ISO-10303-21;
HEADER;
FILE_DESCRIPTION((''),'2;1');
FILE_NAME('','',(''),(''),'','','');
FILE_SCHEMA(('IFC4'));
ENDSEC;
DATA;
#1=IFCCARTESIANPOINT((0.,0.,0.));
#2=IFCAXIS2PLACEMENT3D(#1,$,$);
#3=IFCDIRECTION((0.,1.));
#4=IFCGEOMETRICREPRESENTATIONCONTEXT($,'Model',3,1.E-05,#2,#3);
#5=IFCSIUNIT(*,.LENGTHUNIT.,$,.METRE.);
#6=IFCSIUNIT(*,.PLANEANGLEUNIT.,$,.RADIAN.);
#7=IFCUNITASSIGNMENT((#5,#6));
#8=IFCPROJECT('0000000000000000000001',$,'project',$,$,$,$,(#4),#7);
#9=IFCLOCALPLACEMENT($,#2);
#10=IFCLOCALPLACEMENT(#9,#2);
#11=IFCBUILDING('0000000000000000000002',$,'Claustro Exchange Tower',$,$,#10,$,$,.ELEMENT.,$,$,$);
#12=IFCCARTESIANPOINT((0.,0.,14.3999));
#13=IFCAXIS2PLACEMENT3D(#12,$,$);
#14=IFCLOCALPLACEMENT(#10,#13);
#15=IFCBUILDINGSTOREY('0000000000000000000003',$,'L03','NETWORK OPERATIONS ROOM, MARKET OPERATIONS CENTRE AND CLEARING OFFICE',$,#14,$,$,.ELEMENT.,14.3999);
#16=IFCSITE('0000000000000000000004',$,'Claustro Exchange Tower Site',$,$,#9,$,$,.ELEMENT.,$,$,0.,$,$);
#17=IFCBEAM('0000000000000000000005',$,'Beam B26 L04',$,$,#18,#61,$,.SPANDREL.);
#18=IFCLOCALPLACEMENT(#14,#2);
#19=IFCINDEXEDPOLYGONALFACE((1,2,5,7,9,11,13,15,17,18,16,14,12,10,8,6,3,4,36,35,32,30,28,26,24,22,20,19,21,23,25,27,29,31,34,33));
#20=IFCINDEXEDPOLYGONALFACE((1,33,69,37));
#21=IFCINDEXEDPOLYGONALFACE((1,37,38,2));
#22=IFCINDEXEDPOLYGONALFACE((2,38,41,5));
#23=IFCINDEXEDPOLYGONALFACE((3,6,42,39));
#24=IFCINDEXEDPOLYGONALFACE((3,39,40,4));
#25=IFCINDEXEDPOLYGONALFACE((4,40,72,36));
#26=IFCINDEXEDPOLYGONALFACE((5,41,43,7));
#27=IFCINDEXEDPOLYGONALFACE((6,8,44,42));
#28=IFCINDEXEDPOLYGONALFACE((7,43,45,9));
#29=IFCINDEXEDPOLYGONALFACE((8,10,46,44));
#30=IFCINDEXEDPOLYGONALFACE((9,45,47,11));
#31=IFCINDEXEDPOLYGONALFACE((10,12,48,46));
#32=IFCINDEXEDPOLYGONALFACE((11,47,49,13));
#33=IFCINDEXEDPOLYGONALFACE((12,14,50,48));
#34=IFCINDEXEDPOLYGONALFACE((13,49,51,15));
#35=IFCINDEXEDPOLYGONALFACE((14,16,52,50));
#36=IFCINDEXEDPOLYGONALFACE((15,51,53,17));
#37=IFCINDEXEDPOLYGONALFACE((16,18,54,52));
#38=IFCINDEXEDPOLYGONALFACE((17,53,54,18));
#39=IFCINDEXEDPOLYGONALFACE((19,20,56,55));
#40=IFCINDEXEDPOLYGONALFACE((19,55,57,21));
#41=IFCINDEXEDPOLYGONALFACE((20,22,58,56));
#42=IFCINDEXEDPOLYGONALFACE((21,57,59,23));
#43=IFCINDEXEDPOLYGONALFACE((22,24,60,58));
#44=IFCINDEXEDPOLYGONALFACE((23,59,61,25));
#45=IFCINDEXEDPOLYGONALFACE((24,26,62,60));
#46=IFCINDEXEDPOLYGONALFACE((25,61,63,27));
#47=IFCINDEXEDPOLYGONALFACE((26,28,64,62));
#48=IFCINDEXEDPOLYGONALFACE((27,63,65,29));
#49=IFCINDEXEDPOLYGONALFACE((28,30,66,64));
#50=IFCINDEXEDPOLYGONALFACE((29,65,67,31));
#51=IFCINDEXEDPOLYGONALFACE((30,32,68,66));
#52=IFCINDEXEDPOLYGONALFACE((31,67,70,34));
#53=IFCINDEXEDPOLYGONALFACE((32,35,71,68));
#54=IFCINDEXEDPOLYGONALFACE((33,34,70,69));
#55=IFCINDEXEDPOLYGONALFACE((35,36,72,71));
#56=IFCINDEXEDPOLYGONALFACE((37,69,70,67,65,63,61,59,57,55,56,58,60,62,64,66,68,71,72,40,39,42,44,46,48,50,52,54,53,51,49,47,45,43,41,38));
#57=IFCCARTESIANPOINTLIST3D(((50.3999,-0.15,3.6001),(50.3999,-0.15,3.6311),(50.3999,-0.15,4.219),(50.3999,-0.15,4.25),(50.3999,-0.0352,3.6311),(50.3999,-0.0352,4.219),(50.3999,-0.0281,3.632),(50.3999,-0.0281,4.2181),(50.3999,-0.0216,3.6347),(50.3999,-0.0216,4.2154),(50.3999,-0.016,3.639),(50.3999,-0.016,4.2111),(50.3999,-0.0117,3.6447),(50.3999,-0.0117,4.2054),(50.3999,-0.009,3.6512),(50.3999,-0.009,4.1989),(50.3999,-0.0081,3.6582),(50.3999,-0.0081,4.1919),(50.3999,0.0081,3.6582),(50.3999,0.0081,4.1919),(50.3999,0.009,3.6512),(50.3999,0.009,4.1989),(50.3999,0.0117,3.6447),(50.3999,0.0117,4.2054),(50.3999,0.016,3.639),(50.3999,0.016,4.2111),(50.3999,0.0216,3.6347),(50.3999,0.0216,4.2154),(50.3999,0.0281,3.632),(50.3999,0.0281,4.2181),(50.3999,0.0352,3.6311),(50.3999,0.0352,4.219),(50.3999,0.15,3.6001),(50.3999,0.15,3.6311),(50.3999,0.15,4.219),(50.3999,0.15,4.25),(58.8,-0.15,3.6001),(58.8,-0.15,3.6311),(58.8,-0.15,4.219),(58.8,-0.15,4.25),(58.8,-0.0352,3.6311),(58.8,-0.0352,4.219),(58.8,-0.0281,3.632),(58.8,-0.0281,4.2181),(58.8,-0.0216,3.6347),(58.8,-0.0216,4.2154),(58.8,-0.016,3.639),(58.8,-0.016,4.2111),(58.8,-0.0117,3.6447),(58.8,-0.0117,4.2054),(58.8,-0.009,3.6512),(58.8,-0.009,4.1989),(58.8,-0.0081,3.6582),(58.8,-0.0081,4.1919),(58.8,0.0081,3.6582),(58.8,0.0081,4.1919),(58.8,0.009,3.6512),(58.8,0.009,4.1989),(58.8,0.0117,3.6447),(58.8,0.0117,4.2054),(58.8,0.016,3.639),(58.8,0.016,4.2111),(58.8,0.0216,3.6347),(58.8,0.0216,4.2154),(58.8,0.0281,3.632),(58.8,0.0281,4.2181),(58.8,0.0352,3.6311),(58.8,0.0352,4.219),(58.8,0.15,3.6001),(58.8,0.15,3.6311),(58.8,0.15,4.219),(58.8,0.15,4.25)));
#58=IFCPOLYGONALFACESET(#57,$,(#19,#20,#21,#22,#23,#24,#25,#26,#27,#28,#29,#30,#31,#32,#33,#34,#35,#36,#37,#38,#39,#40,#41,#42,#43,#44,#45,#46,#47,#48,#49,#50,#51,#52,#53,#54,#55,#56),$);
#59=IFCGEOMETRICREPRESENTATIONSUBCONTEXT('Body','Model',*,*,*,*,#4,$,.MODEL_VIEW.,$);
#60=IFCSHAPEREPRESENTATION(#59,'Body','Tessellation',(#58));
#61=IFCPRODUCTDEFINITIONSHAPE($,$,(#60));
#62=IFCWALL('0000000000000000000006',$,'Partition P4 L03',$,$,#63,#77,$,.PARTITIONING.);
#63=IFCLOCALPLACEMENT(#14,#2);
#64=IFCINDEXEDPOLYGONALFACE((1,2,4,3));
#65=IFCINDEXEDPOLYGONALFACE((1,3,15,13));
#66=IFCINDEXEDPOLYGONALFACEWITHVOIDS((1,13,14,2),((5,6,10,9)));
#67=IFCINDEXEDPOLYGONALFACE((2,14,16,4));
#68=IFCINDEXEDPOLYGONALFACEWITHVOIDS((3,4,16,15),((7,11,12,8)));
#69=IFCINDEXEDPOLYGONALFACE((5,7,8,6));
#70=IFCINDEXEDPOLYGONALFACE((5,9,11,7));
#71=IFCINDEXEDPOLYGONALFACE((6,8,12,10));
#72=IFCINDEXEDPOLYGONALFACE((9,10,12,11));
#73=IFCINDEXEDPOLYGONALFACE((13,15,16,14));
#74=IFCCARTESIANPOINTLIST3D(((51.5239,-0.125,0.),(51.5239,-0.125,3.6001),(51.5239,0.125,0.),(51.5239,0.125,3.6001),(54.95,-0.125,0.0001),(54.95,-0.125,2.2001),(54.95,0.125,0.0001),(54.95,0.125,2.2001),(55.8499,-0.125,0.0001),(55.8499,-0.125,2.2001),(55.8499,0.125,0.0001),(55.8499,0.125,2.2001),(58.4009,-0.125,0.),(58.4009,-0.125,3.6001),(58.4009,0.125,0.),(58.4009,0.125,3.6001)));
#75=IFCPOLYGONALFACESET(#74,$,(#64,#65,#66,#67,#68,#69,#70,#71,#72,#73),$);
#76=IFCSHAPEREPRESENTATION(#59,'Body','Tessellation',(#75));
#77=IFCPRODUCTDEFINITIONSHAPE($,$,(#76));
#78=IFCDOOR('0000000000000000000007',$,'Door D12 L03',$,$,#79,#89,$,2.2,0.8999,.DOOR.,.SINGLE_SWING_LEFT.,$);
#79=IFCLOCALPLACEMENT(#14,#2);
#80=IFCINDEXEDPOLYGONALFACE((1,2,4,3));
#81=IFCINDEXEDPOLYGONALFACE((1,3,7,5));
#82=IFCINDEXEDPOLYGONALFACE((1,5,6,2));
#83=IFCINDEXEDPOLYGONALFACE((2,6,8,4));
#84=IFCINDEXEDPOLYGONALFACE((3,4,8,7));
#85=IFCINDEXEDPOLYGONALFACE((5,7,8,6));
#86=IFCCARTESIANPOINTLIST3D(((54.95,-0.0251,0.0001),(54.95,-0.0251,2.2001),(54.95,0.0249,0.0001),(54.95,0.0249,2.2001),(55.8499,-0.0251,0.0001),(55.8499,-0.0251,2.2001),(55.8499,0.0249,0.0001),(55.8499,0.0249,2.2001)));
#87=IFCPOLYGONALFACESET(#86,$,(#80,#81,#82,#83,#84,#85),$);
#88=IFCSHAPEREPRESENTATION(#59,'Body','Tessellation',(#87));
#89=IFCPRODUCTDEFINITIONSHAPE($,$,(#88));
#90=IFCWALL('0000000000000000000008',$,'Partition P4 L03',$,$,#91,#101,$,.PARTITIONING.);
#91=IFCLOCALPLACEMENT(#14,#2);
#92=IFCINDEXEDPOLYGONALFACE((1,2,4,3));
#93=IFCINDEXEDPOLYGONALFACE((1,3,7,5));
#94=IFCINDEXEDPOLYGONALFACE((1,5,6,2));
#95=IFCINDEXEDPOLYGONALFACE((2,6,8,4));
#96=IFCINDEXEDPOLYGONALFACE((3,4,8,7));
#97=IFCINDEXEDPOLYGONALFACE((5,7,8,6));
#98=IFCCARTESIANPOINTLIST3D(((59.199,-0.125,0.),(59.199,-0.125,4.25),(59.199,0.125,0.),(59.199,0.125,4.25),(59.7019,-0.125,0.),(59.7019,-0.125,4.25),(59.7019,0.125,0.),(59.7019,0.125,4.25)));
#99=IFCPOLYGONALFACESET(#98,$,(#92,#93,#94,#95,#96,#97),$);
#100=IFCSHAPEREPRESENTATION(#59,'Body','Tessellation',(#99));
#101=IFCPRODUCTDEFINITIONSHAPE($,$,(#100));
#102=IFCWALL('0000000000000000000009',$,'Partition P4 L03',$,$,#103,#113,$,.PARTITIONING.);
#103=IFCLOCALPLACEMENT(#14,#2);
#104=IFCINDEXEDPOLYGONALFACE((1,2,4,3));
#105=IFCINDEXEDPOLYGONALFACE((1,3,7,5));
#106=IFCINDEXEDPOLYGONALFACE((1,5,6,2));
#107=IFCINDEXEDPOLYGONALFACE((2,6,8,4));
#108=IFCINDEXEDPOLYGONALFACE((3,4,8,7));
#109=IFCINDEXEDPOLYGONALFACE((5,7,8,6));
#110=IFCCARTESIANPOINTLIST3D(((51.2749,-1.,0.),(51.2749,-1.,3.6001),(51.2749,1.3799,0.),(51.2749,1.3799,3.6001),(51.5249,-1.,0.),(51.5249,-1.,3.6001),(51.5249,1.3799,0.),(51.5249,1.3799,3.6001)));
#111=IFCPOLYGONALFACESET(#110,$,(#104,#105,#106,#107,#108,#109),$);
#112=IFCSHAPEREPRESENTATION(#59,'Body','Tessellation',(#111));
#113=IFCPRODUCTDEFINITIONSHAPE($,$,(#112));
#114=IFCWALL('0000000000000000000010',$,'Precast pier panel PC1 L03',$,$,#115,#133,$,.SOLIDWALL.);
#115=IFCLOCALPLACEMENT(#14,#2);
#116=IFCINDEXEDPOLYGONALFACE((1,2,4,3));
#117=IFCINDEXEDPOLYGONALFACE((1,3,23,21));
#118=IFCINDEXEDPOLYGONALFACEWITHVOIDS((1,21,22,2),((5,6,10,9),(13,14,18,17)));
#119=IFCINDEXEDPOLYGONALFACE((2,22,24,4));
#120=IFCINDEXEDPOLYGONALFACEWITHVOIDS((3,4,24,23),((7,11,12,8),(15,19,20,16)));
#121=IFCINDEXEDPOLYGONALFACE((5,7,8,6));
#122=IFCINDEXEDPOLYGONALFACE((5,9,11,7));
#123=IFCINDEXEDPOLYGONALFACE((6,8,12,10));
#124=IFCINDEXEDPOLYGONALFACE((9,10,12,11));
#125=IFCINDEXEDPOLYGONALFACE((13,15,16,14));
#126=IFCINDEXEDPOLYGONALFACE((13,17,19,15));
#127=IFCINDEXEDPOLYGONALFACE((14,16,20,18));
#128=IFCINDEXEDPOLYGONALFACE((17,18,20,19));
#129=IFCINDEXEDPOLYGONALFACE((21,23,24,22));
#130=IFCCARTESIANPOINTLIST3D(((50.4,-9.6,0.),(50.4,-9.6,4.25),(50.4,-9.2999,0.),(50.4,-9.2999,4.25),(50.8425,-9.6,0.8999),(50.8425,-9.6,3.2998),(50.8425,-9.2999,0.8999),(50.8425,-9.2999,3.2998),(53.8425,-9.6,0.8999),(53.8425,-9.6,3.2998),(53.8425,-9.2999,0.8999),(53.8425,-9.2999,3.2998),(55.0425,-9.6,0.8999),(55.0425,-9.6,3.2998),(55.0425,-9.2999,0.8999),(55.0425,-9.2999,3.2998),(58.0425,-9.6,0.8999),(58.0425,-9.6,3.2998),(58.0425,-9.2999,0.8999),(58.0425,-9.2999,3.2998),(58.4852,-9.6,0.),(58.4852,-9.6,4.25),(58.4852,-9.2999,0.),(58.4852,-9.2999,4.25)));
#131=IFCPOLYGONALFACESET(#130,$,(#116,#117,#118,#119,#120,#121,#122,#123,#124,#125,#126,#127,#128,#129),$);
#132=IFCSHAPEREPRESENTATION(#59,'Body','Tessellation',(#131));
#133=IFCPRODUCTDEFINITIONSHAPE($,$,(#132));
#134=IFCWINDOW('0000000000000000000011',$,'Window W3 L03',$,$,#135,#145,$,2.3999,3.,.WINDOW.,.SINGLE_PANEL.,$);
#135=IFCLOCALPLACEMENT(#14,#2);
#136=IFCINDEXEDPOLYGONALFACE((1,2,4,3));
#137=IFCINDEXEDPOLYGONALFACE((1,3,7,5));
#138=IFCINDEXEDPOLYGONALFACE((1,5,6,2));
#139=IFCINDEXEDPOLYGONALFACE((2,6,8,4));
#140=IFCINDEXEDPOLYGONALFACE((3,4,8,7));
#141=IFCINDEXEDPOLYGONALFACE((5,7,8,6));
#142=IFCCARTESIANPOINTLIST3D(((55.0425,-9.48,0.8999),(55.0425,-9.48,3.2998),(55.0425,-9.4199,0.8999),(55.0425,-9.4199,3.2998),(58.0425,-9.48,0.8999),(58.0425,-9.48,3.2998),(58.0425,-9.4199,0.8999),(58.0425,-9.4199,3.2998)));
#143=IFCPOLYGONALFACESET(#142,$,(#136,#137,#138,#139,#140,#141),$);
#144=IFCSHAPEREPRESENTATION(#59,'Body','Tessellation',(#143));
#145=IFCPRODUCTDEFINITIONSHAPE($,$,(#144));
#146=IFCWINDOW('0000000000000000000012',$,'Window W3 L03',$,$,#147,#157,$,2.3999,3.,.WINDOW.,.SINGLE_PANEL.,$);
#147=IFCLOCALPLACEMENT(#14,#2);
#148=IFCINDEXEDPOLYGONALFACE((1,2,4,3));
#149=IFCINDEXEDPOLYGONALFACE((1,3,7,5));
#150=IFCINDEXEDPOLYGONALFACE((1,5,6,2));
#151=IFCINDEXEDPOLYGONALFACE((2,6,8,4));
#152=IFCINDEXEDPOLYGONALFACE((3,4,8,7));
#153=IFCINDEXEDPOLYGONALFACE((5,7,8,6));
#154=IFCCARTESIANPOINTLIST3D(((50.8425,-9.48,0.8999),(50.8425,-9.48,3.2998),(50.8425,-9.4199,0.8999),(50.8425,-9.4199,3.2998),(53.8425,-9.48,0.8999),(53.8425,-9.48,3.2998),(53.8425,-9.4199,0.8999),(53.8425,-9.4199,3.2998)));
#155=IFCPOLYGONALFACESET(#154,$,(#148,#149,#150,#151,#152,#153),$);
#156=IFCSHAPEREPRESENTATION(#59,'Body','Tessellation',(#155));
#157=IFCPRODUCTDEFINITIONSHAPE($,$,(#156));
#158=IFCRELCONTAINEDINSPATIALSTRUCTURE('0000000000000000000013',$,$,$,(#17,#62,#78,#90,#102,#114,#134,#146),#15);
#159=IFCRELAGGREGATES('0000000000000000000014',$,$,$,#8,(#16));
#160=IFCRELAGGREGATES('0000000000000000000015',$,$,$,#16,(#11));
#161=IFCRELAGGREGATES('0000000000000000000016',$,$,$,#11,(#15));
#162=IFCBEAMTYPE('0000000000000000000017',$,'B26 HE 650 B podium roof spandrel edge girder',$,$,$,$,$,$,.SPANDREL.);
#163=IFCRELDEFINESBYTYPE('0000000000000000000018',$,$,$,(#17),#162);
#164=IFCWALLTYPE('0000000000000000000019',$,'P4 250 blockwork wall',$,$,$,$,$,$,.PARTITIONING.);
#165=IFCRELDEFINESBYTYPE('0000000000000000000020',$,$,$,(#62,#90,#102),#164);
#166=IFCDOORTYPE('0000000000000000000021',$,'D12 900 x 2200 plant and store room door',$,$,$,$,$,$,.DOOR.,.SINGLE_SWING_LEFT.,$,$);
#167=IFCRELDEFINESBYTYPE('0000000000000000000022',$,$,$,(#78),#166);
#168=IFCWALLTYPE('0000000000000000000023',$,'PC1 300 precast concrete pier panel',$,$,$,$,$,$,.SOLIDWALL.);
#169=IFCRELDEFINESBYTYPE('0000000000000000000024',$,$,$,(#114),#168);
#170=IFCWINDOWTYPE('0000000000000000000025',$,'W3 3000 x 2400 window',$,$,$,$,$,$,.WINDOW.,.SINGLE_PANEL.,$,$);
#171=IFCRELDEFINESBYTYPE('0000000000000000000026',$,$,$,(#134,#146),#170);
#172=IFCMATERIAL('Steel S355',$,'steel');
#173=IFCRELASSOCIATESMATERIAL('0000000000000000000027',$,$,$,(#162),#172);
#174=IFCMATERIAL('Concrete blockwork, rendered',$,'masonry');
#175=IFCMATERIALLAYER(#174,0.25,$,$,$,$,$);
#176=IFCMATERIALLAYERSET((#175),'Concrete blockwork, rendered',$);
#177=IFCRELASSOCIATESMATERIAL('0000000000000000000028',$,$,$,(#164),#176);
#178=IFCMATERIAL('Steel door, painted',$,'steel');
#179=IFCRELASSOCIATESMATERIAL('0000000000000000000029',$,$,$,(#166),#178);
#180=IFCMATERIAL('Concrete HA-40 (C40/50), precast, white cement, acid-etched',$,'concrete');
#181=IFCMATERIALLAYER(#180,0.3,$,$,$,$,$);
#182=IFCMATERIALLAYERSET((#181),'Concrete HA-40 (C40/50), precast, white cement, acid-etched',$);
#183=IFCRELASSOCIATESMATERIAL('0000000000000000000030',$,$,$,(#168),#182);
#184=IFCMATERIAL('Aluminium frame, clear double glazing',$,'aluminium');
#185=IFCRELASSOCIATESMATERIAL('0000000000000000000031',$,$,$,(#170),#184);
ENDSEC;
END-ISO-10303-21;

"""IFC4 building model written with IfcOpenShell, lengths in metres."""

from ifc_helpers import new_model, si_unit, direction, frame, frame_2d, origin, origin_2d, place, context, subcontext, project, spatial, rectangle, i_section, extrude, material, layer, layer_set, material_profile, profile_set, type_object, element, fill, save


model = new_model("IFC4")

# Units and contexts
model_context = context("Model", 3, precision=1e-05, world=origin(), true_north=direction((0.0, 1.0)))
body_context = subcontext(model_context, "Body", "Model", "MODEL_VIEW")
ifc_project = project(units=[si_unit("LENGTHUNIT", "METRE"), si_unit("PLANEANGLEUNIT", "RADIAN")], contexts=[model_context])

# Site, building, storey
site_placement = place(None, origin())
site = spatial("IfcSite", under=ifc_project, at=site_placement, Name="Claustro Exchange Tower Site", CompositionType="ELEMENT", RefElevation=0.0)
building_placement = place(site_placement, origin())
building = spatial("IfcBuilding", under=site, at=building_placement, Name="Claustro Exchange Tower", CompositionType="ELEMENT")
storey_placement = place(building_placement, frame((0.0, 0.0, 14.3999)))
storey = spatial("IfcBuildingStorey", under=building, at=storey_placement, Name="L03", Description="NETWORK OPERATIONS ROOM, MARKET OPERATIONS CENTRE AND CLEARING OFFICE", CompositionType="ELEMENT", Elevation=14.3999)

# Beam
ifc_material_1 = material(Name="Steel S355", Category="steel")
ifc_material_profile_1 = material_profile(ifc_material_1, i_section(OverallWidth=0.3, OverallDepth=0.6499, WebThickness=0.0161, FlangeThickness=0.031, FilletRadius=0.0271, at=origin_2d()), Name="HE 650 B")
ifc_profile_set_1 = profile_set([ifc_material_profile_1], Name="Steel S355")
beam_type_1 = type_object("IfcBeamType", Name="B26 HE 650 B podium roof spandrel edge girder", PredefinedType="SPANDREL", material=ifc_profile_set_1)
beam_1_placement = place(storey_placement, frame((50.3999, 0.0, 3.925), z_axis=(1.0, 0.0, 0.0), x_axis=(0.0, 1.0, 0.0)))
element("IfcBeam", 1, at=beam_1_placement, inside=storey, type_object=beam_type_1, Name="Beam B26 L04", PredefinedType="SPANDREL", context=body_context, shape_type="SweptSolid", body=[
    extrude(i_section(OverallWidth=0.3, OverallDepth=0.6499, WebThickness=0.0161, FlangeThickness=0.031, FilletRadius=0.0271, at=origin_2d()), origin(), (0.0, 0.0, 1.0), 8.4001),
])

# Wall, opening, door
ifc_material_2 = material(Name="Concrete blockwork, rendered", Category="masonry")
ifc_layer_1 = layer(ifc_material_2, 0.25)
ifc_layer_set_1 = layer_set([ifc_layer_1], Name="Concrete blockwork, rendered")
wall_type_1 = type_object("IfcWallType", Name="P4 250 blockwork wall", PredefinedType="PARTITIONING", material=ifc_layer_set_1)
wall_1_placement = place(storey_placement, frame((51.5239, 0.0, 0.0), z_axis=(0.0, 0.0, 1.0), x_axis=(1.0, 0.0, 0.0)))
wall_1 = element("IfcWall", 2, at=wall_1_placement, inside=storey, type_object=wall_type_1, Name="Partition P4 L03", PredefinedType="PARTITIONING", context=body_context, shape_type="SweptSolid", body=[
    extrude(rectangle(XDim=6.877, YDim=0.25, at=frame_2d((3.4385, 0.0))), origin(), (0.0, 0.0, 1.0), 3.6001),
])
opening_1_placement = place(wall_1_placement, frame((3.426, 0.0, 0.0)))
opening_1 = element("IfcOpeningElement", 3, at=opening_1_placement, cuts=wall_1, PredefinedType="OPENING", context=body_context, shape_type="SweptSolid", body=[
    extrude(rectangle(XDim=0.8999, YDim=2.2, at=frame_2d((0.45, 1.1001))), frame((0.0, 0.135, 0.0), z_axis=(0.0, -1.0, 0.0), x_axis=(1.0, 0.0, 0.0)), (0.0, 0.0, 1.0), 0.27),
])
ifc_material_3 = material(Name="Steel door, painted", Category="steel")
door_type = type_object("IfcDoorType", Name="D12 900 x 2200 plant and store room door", OperationType="SINGLE_SWING_LEFT", PredefinedType="DOOR", material=ifc_material_3)
door_placement = place(opening_1_placement, origin())
door = element("IfcDoor", 4, at=door_placement, inside=storey, type_object=door_type, Name="Door D12 L03", OperationType="SINGLE_SWING_LEFT", OverallHeight=2.2, OverallWidth=0.8999, PredefinedType="DOOR", context=body_context, shape_type="SweptSolid", body=[
    extrude(rectangle(XDim=0.8999, YDim=2.2, at=frame_2d((0.45, 1.1001))), frame((0.0, 0.0249, 0.0), z_axis=(0.0, -1.0, 0.0), x_axis=(1.0, 0.0, 0.0)), (0.0, 0.0, 1.0), 0.05),
])
fill(opening_1, door)

# Walls
wall_2_placement = place(storey_placement, frame((59.199, 0.0, 0.0), z_axis=(0.0, 0.0, 1.0), x_axis=(1.0, 0.0, 0.0)))
element("IfcWall", 5, at=wall_2_placement, inside=storey, type_object=wall_type_1, Name="Partition P4 L03", PredefinedType="PARTITIONING", context=body_context, shape_type="SweptSolid", body=[
    extrude(rectangle(XDim=0.5029, YDim=0.25, at=frame_2d((0.2515, 0.0))), origin(), (0.0, 0.0, 1.0), 4.25),
])
wall_3_placement = place(storey_placement, frame((51.3999, -1.0, 0.0), z_axis=(0.0, 0.0, 1.0), x_axis=(0.0, 1.0, 0.0)))
element("IfcWall", 6, at=wall_3_placement, inside=storey, type_object=wall_type_1, Name="Partition P4 L03", PredefinedType="PARTITIONING", context=body_context, shape_type="SweptSolid", body=[
    extrude(rectangle(XDim=2.3799, YDim=0.25, at=frame_2d((1.1899, 0.0))), origin(), (0.0, 0.0, 1.0), 3.6001),
])

# Wall, openings, windows
ifc_material_4 = material(Name="Concrete HA-40 (C40/50), precast, white cement, acid-etched", Category="concrete")
ifc_layer_2 = layer(ifc_material_4, 0.3)
ifc_layer_set_2 = layer_set([ifc_layer_2], Name="Concrete HA-40 (C40/50), precast, white cement, acid-etched")
wall_type_2 = type_object("IfcWallType", Name="PC1 300 precast concrete pier panel", PredefinedType="SOLIDWALL", material=ifc_layer_set_2)
wall_4_placement = place(storey_placement, frame((58.4851, -9.45, 0.0), z_axis=(0.0, 0.0, 1.0), x_axis=(-1.0, 0.0, 0.0)))
wall_4 = element("IfcWall", 7, at=wall_4_placement, inside=storey, type_object=wall_type_2, Name="Precast pier panel PC1 L03", PredefinedType="SOLIDWALL", context=body_context, shape_type="SweptSolid", body=[
    extrude(rectangle(XDim=8.0852, YDim=0.3, at=frame_2d((4.0425, 0.0))), origin(), (0.0, 0.0, 1.0), 4.25),
])
opening_2_placement = place(wall_4_placement, frame((0.4426, 0.0, 0.8999)))
opening_2 = element("IfcOpeningElement", 8, at=opening_2_placement, cuts=wall_4, PredefinedType="OPENING", context=body_context, shape_type="SweptSolid", body=[
    extrude(rectangle(XDim=3.0, YDim=2.3999, at=frame_2d((1.5, 1.2))), frame((0.0, 0.1599, 0.0), z_axis=(0.0, -1.0, 0.0), x_axis=(1.0, 0.0, 0.0)), (0.0, 0.0, 1.0), 0.3201),
])
opening_3_placement = place(wall_4_placement, frame((4.6426, 0.0, 0.8999)))
opening_3 = element("IfcOpeningElement", 9, at=opening_3_placement, cuts=wall_4, PredefinedType="OPENING", context=body_context, shape_type="SweptSolid", body=[
    extrude(rectangle(XDim=3.0, YDim=2.3999, at=frame_2d((1.5, 1.2))), frame((0.0, 0.1599, 0.0), z_axis=(0.0, -1.0, 0.0), x_axis=(1.0, 0.0, 0.0)), (0.0, 0.0, 1.0), 0.3201),
])
ifc_material_5 = material(Name="Aluminium frame, clear double glazing", Category="aluminium")
window_type = type_object("IfcWindowType", Name="W3 3000 x 2400 window", PartitioningType="SINGLE_PANEL", PredefinedType="WINDOW", material=ifc_material_5)
window_1_placement = place(opening_2_placement, origin())
window_1 = element("IfcWindow", 10, at=window_1_placement, inside=storey, type_object=window_type, Name="Window W3 L03", OverallHeight=2.3999, OverallWidth=3.0, PartitioningType="SINGLE_PANEL", PredefinedType="WINDOW", context=body_context, shape_type="SweptSolid", body=[
    extrude(rectangle(XDim=3.0, YDim=2.3999, at=frame_2d((1.5, 1.2))), frame((0.0, 0.03, 0.0), z_axis=(0.0, -1.0, 0.0), x_axis=(1.0, 0.0, 0.0)), (0.0, 0.0, 1.0), 0.0601),
])
fill(opening_2, window_1)
window_2_placement = place(opening_3_placement, origin())
window_2 = element("IfcWindow", 11, at=window_2_placement, inside=storey, type_object=window_type, Name="Window W3 L03", OverallHeight=2.3999, OverallWidth=3.0, PartitioningType="SINGLE_PANEL", PredefinedType="WINDOW", context=body_context, shape_type="SweptSolid", body=[
    extrude(rectangle(XDim=3.0, YDim=2.3999, at=frame_2d((1.5, 1.2))), frame((0.0, 0.03, 0.0), z_axis=(0.0, -1.0, 0.0), x_axis=(1.0, 0.0, 0.0)), (0.0, 0.0, 1.0), 0.0601),
])
fill(opening_3, window_2)

save(model, "model.ifc")
